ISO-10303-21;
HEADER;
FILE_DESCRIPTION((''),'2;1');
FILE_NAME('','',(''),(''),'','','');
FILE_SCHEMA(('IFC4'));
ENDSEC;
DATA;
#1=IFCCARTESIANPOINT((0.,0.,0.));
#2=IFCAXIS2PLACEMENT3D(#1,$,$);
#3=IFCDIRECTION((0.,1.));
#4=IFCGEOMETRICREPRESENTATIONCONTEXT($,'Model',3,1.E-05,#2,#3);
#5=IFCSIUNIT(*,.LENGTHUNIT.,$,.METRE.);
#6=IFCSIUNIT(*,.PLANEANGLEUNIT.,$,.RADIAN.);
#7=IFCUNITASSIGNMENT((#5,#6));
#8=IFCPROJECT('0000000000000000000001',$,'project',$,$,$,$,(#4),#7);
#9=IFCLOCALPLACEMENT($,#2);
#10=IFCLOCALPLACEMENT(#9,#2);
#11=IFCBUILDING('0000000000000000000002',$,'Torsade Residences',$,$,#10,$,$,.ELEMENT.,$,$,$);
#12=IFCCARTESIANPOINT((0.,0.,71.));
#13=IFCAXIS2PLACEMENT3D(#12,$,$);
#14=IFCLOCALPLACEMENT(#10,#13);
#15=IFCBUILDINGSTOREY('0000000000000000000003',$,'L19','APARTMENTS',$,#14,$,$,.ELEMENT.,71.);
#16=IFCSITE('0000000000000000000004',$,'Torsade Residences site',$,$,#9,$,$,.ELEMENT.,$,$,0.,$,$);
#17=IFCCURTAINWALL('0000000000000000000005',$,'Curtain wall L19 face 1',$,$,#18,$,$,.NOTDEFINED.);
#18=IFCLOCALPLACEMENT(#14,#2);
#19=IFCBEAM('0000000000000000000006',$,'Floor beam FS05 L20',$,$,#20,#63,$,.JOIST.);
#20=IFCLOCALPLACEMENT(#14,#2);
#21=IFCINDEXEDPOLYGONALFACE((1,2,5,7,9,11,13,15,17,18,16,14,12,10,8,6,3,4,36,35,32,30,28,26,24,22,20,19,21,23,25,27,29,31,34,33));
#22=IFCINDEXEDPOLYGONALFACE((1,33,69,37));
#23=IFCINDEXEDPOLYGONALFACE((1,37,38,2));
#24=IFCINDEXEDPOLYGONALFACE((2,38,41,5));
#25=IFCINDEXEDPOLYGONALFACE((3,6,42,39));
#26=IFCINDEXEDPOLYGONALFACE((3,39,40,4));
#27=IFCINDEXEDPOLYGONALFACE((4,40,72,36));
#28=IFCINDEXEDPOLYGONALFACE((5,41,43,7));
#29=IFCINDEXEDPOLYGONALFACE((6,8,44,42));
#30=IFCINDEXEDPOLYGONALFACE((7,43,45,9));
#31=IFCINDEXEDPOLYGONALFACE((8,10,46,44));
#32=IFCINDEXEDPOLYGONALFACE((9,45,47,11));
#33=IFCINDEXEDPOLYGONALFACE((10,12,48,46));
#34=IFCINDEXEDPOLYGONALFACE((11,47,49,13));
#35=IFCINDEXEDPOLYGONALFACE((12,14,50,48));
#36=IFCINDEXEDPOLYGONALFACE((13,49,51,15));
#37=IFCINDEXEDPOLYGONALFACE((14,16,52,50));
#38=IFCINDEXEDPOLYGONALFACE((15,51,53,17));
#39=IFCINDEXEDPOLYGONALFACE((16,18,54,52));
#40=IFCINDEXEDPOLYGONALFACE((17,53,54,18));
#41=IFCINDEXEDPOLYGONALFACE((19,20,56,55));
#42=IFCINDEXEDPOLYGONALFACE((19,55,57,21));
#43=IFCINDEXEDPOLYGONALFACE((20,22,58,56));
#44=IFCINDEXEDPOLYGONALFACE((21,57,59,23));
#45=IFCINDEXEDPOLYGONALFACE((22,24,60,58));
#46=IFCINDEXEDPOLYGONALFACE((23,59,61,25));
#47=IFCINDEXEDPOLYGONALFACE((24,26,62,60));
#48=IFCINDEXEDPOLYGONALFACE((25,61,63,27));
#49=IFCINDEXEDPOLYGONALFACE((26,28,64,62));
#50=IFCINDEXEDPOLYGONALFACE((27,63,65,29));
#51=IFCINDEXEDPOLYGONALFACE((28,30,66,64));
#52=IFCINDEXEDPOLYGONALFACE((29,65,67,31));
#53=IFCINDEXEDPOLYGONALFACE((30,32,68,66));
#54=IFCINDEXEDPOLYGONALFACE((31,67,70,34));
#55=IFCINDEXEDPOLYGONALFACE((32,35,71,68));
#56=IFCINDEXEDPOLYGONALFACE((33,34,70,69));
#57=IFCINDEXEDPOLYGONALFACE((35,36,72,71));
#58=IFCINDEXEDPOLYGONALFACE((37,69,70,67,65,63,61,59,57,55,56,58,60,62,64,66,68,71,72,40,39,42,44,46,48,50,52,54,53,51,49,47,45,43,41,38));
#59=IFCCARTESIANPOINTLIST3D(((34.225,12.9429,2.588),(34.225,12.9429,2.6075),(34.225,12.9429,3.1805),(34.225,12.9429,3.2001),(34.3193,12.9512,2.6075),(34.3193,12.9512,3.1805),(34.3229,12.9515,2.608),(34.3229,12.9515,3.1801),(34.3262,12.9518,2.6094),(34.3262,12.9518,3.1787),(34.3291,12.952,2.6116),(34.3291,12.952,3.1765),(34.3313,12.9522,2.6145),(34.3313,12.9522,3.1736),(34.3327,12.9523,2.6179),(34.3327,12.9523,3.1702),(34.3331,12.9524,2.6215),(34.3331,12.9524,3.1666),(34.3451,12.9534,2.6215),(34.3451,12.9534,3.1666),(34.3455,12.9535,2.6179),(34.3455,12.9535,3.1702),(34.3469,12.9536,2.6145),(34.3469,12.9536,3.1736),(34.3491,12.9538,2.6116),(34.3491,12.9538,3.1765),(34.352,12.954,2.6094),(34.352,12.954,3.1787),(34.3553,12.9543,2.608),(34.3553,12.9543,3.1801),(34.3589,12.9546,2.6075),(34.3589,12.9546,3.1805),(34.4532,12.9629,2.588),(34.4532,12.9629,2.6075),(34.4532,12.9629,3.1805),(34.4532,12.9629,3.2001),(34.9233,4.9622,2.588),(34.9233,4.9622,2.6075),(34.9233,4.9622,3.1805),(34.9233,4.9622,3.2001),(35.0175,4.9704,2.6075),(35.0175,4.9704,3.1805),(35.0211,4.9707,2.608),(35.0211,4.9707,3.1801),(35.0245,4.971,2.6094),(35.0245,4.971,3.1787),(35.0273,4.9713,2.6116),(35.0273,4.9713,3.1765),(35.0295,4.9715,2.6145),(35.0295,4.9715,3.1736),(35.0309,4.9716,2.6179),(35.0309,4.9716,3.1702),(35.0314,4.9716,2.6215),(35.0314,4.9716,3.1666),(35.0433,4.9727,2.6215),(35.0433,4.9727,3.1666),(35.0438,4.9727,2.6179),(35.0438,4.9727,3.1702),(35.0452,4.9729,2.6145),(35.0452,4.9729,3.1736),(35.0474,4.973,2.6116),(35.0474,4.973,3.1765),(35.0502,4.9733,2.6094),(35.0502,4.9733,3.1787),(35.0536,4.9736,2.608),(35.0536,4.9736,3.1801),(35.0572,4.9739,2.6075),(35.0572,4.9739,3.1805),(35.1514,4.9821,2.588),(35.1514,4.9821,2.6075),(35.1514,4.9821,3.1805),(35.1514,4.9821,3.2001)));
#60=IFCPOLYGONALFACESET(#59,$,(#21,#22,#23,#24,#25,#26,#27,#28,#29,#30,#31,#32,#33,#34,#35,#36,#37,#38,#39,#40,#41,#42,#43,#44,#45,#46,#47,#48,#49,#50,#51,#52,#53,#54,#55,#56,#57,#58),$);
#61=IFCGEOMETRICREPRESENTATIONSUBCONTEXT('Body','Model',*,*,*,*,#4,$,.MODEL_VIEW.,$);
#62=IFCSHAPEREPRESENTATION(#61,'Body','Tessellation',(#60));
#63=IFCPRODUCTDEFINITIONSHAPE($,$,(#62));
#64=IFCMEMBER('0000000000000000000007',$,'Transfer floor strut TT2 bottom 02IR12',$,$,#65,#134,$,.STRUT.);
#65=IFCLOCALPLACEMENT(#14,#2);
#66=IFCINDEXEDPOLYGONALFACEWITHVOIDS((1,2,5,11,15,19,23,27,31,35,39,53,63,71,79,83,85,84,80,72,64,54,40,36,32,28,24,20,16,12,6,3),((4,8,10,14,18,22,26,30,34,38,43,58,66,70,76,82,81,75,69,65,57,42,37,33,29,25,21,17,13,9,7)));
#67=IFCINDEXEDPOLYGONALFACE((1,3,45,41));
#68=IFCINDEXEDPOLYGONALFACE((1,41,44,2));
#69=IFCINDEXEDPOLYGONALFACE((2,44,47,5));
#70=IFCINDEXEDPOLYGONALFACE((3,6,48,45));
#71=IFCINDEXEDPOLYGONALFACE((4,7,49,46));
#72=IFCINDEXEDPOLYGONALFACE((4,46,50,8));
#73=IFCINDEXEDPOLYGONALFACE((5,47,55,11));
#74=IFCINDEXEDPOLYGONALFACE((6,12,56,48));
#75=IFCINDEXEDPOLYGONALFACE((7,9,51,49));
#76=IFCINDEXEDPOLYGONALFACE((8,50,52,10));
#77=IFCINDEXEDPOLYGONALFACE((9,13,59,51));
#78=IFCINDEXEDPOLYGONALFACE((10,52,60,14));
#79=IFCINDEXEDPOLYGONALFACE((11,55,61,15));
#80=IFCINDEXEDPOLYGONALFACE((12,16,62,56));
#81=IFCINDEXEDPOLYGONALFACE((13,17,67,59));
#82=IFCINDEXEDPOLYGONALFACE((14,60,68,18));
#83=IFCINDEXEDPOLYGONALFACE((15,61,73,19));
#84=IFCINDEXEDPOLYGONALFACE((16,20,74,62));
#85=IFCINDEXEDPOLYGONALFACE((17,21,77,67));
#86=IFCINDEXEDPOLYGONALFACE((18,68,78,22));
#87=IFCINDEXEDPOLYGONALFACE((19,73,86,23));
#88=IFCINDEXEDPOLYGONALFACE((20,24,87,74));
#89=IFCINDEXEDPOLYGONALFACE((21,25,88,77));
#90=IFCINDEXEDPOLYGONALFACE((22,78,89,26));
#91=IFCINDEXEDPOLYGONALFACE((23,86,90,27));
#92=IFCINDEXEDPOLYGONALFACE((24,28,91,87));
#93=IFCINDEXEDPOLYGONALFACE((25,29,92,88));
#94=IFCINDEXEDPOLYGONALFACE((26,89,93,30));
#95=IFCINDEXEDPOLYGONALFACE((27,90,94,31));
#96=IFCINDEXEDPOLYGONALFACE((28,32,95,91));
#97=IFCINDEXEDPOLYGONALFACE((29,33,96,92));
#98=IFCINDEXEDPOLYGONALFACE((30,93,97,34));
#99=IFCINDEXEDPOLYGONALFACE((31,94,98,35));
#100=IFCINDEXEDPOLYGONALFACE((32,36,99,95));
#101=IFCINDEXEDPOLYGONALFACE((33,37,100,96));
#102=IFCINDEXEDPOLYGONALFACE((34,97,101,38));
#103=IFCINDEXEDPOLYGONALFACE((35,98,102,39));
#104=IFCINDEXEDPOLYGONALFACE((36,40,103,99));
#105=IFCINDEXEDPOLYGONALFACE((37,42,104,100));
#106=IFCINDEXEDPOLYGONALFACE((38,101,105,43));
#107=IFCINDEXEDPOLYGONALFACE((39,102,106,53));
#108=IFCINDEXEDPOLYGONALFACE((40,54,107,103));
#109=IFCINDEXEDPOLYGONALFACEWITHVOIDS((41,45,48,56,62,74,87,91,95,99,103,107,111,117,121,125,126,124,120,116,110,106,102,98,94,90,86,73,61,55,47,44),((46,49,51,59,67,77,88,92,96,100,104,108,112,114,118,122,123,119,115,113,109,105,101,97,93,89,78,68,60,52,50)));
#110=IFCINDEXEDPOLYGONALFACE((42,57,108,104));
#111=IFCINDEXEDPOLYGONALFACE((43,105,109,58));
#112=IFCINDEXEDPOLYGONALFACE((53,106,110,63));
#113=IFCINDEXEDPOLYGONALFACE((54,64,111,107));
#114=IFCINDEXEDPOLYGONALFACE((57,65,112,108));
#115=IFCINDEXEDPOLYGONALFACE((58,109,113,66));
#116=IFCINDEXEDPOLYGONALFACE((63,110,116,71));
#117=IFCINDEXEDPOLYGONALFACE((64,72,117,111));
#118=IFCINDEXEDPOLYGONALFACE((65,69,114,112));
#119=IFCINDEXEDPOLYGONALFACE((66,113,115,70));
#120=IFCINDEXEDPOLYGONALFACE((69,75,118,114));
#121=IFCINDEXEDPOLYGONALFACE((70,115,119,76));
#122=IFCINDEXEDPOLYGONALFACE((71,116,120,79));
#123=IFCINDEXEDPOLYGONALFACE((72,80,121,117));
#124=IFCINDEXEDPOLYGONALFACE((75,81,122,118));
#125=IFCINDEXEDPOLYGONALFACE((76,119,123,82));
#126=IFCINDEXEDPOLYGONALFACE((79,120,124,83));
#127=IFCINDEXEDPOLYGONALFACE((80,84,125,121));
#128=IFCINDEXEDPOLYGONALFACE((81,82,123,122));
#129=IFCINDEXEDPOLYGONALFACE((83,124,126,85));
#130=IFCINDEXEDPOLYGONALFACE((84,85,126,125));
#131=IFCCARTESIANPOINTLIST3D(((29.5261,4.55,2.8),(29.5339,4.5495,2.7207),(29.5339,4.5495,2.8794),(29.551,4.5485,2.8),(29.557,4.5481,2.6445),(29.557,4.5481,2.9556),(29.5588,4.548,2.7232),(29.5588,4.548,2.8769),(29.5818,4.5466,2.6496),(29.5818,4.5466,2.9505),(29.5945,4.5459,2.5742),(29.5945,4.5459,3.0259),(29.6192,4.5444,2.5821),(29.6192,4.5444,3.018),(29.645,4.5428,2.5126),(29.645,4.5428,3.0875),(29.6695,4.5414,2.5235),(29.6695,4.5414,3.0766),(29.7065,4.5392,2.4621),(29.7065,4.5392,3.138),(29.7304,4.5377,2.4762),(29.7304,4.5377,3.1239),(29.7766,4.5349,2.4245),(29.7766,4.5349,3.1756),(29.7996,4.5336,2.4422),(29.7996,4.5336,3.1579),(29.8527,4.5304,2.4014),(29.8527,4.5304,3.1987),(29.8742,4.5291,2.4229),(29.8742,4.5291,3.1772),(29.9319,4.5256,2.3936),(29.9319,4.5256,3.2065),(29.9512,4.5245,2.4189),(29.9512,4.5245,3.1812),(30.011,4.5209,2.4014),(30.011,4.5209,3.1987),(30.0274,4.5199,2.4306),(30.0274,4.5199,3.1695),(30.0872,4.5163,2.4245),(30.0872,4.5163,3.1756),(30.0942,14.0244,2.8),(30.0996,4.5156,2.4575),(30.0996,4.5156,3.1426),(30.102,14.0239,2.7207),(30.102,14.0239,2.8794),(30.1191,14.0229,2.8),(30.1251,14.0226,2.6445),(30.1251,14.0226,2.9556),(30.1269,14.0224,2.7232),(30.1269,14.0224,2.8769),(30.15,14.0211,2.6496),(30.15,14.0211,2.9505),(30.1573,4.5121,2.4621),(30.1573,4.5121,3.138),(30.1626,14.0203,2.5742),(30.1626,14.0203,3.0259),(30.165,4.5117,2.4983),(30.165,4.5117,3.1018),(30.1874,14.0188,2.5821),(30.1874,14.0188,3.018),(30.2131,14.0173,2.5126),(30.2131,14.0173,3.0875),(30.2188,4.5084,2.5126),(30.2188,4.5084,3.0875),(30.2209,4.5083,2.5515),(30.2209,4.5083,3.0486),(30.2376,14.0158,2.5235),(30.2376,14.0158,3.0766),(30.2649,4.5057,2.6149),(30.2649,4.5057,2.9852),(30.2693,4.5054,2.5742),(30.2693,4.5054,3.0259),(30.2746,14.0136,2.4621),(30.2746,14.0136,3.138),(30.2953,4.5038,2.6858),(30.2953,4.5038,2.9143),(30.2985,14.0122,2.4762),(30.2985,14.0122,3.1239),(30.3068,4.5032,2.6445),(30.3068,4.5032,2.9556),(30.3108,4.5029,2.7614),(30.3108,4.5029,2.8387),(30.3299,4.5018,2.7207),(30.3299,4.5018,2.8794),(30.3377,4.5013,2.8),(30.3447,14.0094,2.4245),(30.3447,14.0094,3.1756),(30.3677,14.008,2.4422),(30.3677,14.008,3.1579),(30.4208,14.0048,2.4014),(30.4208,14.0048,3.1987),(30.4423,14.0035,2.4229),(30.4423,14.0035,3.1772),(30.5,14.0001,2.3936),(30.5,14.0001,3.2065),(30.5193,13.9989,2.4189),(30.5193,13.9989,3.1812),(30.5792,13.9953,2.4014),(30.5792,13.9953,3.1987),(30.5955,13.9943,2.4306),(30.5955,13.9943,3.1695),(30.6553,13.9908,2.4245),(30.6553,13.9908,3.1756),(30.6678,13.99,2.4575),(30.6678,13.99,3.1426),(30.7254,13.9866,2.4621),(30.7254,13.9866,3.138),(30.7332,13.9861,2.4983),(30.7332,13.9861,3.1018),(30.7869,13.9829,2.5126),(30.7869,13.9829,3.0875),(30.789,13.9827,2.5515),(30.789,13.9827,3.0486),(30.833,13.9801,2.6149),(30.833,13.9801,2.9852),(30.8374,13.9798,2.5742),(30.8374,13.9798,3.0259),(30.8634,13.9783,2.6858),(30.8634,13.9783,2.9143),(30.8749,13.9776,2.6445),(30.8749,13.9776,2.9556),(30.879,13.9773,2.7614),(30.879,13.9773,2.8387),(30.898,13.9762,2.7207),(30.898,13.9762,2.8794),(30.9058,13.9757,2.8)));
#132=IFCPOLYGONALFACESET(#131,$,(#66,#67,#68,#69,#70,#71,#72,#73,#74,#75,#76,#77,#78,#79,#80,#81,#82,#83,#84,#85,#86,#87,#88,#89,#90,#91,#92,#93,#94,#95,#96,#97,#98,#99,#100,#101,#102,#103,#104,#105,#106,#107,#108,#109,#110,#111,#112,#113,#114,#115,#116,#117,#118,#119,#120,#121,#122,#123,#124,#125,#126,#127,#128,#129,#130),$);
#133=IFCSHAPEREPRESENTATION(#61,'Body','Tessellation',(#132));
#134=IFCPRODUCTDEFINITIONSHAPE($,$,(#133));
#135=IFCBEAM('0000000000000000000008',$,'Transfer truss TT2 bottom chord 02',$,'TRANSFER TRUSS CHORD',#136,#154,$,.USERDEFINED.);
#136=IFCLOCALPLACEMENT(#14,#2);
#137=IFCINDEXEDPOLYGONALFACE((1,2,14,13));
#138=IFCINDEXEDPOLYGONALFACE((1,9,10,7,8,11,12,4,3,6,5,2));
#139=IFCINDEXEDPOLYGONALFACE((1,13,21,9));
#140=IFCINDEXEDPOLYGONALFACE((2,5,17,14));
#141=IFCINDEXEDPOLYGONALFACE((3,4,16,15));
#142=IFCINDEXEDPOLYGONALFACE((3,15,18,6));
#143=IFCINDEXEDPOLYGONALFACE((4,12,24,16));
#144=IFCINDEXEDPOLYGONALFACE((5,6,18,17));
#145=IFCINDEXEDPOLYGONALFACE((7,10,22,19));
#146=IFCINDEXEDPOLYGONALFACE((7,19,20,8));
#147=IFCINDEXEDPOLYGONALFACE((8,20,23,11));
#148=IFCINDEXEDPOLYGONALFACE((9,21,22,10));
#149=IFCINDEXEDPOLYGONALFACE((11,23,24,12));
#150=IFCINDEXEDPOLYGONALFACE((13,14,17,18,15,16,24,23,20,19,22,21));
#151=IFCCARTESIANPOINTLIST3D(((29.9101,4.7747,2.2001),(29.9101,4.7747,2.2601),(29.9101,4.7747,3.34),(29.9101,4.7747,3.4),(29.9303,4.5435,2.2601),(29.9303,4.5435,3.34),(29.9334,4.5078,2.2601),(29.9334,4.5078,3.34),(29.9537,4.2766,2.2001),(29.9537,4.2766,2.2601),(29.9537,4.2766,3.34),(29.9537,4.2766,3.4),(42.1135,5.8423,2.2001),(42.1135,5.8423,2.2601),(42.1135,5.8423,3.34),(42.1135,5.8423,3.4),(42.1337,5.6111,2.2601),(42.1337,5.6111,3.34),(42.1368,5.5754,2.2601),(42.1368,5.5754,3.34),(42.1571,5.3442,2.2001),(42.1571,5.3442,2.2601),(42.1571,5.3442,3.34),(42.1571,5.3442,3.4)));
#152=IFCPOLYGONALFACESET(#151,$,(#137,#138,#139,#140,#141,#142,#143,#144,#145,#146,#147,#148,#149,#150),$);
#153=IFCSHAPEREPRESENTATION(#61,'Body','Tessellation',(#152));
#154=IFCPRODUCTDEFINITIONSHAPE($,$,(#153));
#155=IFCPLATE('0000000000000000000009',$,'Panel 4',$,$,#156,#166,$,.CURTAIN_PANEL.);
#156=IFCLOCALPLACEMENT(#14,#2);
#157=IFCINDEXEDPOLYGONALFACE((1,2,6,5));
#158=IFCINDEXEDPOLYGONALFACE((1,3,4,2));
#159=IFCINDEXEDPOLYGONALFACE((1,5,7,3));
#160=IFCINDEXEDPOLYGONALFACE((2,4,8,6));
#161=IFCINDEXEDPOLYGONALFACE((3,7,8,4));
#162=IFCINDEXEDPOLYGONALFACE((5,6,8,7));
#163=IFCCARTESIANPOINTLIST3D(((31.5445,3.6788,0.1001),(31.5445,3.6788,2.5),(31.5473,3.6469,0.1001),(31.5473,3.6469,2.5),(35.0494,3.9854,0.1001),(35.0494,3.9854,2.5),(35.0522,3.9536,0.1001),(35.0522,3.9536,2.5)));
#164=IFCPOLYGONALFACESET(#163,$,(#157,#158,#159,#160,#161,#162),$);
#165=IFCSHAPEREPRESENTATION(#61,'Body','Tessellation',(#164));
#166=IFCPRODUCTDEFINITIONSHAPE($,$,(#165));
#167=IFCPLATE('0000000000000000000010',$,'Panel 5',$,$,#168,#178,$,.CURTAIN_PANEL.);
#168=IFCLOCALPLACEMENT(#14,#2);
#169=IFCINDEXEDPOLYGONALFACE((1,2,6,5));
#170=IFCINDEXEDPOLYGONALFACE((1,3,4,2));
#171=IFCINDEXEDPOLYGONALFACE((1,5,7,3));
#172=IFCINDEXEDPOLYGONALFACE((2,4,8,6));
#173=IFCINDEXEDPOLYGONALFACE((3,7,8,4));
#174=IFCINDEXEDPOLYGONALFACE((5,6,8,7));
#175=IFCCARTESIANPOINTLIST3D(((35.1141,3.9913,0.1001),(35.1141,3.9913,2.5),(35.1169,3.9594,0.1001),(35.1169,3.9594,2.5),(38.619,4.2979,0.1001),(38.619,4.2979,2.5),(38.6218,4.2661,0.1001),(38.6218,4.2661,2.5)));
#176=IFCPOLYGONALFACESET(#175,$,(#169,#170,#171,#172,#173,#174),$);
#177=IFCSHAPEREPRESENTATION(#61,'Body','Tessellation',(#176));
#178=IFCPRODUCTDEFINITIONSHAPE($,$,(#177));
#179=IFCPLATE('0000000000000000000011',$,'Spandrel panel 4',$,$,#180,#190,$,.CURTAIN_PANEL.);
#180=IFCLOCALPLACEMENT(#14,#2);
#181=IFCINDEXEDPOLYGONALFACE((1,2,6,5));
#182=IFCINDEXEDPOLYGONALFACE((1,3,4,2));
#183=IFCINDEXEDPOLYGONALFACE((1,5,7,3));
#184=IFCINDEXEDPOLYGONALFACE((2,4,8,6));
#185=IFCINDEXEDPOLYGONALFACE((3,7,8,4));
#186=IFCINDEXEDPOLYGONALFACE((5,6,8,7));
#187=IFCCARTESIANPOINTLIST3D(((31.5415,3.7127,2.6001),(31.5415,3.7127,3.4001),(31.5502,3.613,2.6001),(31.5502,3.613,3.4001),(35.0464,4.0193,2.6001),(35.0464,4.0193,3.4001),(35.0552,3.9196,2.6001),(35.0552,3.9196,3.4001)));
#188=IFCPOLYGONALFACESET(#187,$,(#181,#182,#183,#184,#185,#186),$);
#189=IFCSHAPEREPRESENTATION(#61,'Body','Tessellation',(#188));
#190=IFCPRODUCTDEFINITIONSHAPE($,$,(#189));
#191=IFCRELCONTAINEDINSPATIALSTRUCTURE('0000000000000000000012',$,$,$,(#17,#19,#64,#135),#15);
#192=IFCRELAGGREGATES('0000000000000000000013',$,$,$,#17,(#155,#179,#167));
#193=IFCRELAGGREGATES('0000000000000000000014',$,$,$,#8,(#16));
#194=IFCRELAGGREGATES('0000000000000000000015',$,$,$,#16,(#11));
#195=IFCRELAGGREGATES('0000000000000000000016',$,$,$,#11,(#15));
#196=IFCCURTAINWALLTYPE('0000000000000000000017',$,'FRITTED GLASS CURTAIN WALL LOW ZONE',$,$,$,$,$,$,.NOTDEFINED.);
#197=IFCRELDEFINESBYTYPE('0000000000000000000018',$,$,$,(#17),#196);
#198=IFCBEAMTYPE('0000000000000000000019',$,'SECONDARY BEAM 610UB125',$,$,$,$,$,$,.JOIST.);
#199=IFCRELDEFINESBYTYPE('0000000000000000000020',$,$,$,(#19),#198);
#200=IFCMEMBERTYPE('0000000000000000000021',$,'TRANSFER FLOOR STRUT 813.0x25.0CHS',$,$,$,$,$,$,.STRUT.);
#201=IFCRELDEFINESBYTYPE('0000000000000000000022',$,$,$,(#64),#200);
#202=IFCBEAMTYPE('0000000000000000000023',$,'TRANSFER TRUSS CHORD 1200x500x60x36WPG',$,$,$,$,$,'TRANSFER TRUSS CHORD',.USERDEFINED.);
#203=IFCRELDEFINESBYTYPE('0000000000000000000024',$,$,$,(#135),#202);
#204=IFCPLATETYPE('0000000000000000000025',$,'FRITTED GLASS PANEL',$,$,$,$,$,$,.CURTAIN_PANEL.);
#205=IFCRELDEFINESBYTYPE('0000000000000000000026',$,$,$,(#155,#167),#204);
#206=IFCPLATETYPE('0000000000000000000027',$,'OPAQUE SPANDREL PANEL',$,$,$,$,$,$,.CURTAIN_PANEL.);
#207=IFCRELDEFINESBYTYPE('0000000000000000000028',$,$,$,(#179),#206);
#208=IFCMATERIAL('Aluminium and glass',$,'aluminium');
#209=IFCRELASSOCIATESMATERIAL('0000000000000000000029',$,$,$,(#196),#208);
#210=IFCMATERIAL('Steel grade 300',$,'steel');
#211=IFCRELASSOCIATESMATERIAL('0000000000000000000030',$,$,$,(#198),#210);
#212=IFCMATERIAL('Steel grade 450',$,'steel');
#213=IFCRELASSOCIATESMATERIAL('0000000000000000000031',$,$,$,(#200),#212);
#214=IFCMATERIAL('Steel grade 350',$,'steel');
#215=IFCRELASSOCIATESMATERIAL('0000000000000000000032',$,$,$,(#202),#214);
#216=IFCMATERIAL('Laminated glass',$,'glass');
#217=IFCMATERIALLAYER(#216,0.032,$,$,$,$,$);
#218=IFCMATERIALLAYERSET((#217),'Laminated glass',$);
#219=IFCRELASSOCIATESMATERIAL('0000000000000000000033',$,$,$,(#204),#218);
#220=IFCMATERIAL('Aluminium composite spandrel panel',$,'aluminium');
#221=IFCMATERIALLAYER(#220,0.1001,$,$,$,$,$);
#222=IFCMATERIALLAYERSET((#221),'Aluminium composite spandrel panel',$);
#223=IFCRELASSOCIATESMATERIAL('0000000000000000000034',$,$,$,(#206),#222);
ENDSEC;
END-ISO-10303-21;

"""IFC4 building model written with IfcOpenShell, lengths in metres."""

from ifc_helpers import new_model, si_unit, direction, frame, origin, origin_2d, place, context, subcontext, project, spatial, rectangle, hollow_circle, i_section, extrude, material, layer, layer_set, material_profile, profile_set, type_object, element, aggregate, save


model = new_model("IFC4")

# Units and contexts
model_context = context("Model", 3, precision=1e-05, world=origin(), true_north=direction((0.0, 1.0)))
body_context = subcontext(model_context, "Body", "Model", "MODEL_VIEW")
ifc_project = project(units=[si_unit("LENGTHUNIT", "METRE"), si_unit("PLANEANGLEUNIT", "RADIAN")], contexts=[model_context])

# Site, building, storey
site_placement = place(None, origin())
site = spatial("IfcSite", under=ifc_project, at=site_placement, Name="Torsade Residences site", CompositionType="ELEMENT", RefElevation=0.0)
building_placement = place(site_placement, origin())
building = spatial("IfcBuilding", under=site, at=building_placement, Name="Torsade Residences", CompositionType="ELEMENT")
storey_placement = place(building_placement, frame((0.0, 0.0, 71.0)))
storey = spatial("IfcBuildingStorey", under=building, at=storey_placement, Name="L19", Description="APARTMENTS", CompositionType="ELEMENT", Elevation=71.0)

# Curtain wall
ifc_material_1 = material(Name="Aluminium and glass", Category="aluminium")
curtain_wall_type = type_object("IfcCurtainWallType", Name="FRITTED GLASS CURTAIN WALL LOW ZONE", PredefinedType="NOTDEFINED", material=ifc_material_1)
curtain_wall_placement = place(storey_placement, origin())
curtain_wall = element("IfcCurtainWall", 1, at=curtain_wall_placement, inside=storey, type_object=curtain_wall_type, Name="Curtain wall L19 face 1", PredefinedType="NOTDEFINED")

# Beam
ifc_material_2 = material(Name="Steel grade 300", Category="steel")
ifc_material_profile_1 = material_profile(ifc_material_2, i_section(OverallWidth=0.229, OverallDepth=0.6121, WebThickness=0.012, FlangeThickness=0.0195, FilletRadius=0.0139, at=origin_2d()), Name="610UB125")
ifc_profile_set_1 = profile_set([ifc_material_profile_1], Name="Steel grade 300")
beam_type_1 = type_object("IfcBeamType", Name="SECONDARY BEAM 610UB125", PredefinedType="JOIST", material=ifc_profile_set_1)
beam_1_placement = place(storey_placement, frame((35.0374, 4.9722, 2.894), z_axis=(-0.087158, 0.996194, 0.0), x_axis=(-0.996194, -0.087158, 0.0)))
element("IfcBeam", 2, at=beam_1_placement, inside=storey, type_object=beam_type_1, Name="Floor beam FS05 L20", PredefinedType="JOIST", context=body_context, shape_type="SweptSolid", body=[
    extrude(i_section(OverallWidth=0.229, OverallDepth=0.6121, WebThickness=0.012, FlangeThickness=0.0195, FilletRadius=0.0139, at=origin_2d()), origin(), (0.0, 0.0, 1.0), 8.0112),
])

# Member
ifc_material_3 = material(Name="Steel grade 450", Category="steel")
ifc_material_profile_2 = material_profile(ifc_material_3, hollow_circle(Radius=0.4065, WallThickness=0.0249, at=origin_2d()), Name="813.0x25.0CHS")
ifc_profile_set_2 = profile_set([ifc_material_profile_2], Name="Steel grade 450")
member_type_1 = type_object("IfcMemberType", Name="TRANSFER FLOOR STRUT 813.0x25.0CHS", PredefinedType="STRUT", material=ifc_profile_set_2)
member_1_placement = place(storey_placement, frame((29.9319, 4.5256, 2.8), z_axis=(0.059856, 0.998207, 0.0), x_axis=(-0.998207, 0.059856, 0.0)))
element("IfcMember", 3, at=member_1_placement, inside=storey, type_object=member_type_1, Name="Transfer floor strut TT2 bottom 02IR12", PredefinedType="STRUT", context=body_context, shape_type="SweptSolid", body=[
    extrude(hollow_circle(Radius=0.4065, WallThickness=0.0249, at=origin_2d()), origin(), (0.0, 0.0, 1.0), 9.4915),
])

# Beam
ifc_material_4 = material(Name="Steel grade 350", Category="steel")
ifc_material_profile_3 = material_profile(ifc_material_4, i_section(OverallWidth=0.5, OverallDepth=1.2, WebThickness=0.0359, FlangeThickness=0.0601, at=origin_2d()), Name="1200x500x60x36WPG")
ifc_profile_set_3 = profile_set([ifc_material_profile_3], Name="Steel grade 350")
beam_type_2 = type_object("IfcBeamType", Name="TRANSFER TRUSS CHORD 1200x500x60x36WPG", ElementType="TRANSFER TRUSS CHORD", PredefinedType="USERDEFINED", material=ifc_profile_set_3)
beam_2_placement = place(storey_placement, frame((29.9319, 4.5256, 2.8), z_axis=(0.996195, 0.087153, 0.0), x_axis=(-0.087153, 0.996195, 0.0)))
element("IfcBeam", 4, at=beam_2_placement, inside=storey, type_object=beam_type_2, Name="Transfer truss TT2 bottom chord 02", ObjectType="TRANSFER TRUSS CHORD", PredefinedType="USERDEFINED", context=body_context, shape_type="SweptSolid", body=[
    extrude(i_section(OverallWidth=0.5, OverallDepth=1.2, WebThickness=0.0359, FlangeThickness=0.0601, at=origin_2d()), origin(), (0.0, 0.0, 1.0), 12.25),
])

# Plates
ifc_material_5 = material(Name="Laminated glass", Category="glass")
ifc_layer_1 = layer(ifc_material_5, 0.032)
ifc_layer_set_1 = layer_set([ifc_layer_1], Name="Laminated glass")
plate_type_1 = type_object("IfcPlateType", Name="FRITTED GLASS PANEL", PredefinedType="CURTAIN_PANEL", material=ifc_layer_set_1)
plate_1_placement = place(storey_placement, frame((33.2983, 3.8162, 0.1001), z_axis=(0.0, 0.0, 1.0), x_axis=(0.996195, 0.087156, 0.0)))
plate_1 = element("IfcPlate", 5, at=plate_1_placement, type_object=plate_type_1, Name="Panel 4", PredefinedType="CURTAIN_PANEL", context=body_context, shape_type="SweptSolid", body=[
    extrude(rectangle(XDim=3.5183, YDim=0.032, at=origin_2d()), origin(), (0.0, 0.0, 1.0), 2.3999),
])
plate_2_placement = place(storey_placement, frame((36.8679, 4.1287, 0.1001), z_axis=(0.0, 0.0, 1.0), x_axis=(0.996195, 0.087156, 0.0)))
plate_2 = element("IfcPlate", 6, at=plate_2_placement, type_object=plate_type_1, Name="Panel 5", PredefinedType="CURTAIN_PANEL", context=body_context, shape_type="SweptSolid", body=[
    extrude(rectangle(XDim=3.5183, YDim=0.032, at=origin_2d()), origin(), (0.0, 0.0, 1.0), 2.3999),
])
ifc_material_6 = material(Name="Aluminium composite spandrel panel", Category="aluminium")
ifc_layer_2 = layer(ifc_material_6, 0.1001)
ifc_layer_set_2 = layer_set([ifc_layer_2], Name="Aluminium composite spandrel panel")
plate_type_2 = type_object("IfcPlateType", Name="OPAQUE SPANDREL PANEL", PredefinedType="CURTAIN_PANEL", material=ifc_layer_set_2)
plate_3_placement = place(storey_placement, frame((33.2983, 3.8162, 2.6001), z_axis=(0.0, 0.0, 1.0), x_axis=(0.996195, 0.087156, 0.0)))
plate_3 = element("IfcPlate", 7, at=plate_3_placement, type_object=plate_type_2, Name="Spandrel panel 4", PredefinedType="CURTAIN_PANEL", context=body_context, shape_type="SweptSolid", body=[
    extrude(rectangle(XDim=3.5183, YDim=0.1001, at=origin_2d()), origin(), (0.0, 0.0, 1.0), 0.8),
])
aggregate(curtain_wall, [plate_1, plate_3, plate_2])

save(model, "model.ifc")
